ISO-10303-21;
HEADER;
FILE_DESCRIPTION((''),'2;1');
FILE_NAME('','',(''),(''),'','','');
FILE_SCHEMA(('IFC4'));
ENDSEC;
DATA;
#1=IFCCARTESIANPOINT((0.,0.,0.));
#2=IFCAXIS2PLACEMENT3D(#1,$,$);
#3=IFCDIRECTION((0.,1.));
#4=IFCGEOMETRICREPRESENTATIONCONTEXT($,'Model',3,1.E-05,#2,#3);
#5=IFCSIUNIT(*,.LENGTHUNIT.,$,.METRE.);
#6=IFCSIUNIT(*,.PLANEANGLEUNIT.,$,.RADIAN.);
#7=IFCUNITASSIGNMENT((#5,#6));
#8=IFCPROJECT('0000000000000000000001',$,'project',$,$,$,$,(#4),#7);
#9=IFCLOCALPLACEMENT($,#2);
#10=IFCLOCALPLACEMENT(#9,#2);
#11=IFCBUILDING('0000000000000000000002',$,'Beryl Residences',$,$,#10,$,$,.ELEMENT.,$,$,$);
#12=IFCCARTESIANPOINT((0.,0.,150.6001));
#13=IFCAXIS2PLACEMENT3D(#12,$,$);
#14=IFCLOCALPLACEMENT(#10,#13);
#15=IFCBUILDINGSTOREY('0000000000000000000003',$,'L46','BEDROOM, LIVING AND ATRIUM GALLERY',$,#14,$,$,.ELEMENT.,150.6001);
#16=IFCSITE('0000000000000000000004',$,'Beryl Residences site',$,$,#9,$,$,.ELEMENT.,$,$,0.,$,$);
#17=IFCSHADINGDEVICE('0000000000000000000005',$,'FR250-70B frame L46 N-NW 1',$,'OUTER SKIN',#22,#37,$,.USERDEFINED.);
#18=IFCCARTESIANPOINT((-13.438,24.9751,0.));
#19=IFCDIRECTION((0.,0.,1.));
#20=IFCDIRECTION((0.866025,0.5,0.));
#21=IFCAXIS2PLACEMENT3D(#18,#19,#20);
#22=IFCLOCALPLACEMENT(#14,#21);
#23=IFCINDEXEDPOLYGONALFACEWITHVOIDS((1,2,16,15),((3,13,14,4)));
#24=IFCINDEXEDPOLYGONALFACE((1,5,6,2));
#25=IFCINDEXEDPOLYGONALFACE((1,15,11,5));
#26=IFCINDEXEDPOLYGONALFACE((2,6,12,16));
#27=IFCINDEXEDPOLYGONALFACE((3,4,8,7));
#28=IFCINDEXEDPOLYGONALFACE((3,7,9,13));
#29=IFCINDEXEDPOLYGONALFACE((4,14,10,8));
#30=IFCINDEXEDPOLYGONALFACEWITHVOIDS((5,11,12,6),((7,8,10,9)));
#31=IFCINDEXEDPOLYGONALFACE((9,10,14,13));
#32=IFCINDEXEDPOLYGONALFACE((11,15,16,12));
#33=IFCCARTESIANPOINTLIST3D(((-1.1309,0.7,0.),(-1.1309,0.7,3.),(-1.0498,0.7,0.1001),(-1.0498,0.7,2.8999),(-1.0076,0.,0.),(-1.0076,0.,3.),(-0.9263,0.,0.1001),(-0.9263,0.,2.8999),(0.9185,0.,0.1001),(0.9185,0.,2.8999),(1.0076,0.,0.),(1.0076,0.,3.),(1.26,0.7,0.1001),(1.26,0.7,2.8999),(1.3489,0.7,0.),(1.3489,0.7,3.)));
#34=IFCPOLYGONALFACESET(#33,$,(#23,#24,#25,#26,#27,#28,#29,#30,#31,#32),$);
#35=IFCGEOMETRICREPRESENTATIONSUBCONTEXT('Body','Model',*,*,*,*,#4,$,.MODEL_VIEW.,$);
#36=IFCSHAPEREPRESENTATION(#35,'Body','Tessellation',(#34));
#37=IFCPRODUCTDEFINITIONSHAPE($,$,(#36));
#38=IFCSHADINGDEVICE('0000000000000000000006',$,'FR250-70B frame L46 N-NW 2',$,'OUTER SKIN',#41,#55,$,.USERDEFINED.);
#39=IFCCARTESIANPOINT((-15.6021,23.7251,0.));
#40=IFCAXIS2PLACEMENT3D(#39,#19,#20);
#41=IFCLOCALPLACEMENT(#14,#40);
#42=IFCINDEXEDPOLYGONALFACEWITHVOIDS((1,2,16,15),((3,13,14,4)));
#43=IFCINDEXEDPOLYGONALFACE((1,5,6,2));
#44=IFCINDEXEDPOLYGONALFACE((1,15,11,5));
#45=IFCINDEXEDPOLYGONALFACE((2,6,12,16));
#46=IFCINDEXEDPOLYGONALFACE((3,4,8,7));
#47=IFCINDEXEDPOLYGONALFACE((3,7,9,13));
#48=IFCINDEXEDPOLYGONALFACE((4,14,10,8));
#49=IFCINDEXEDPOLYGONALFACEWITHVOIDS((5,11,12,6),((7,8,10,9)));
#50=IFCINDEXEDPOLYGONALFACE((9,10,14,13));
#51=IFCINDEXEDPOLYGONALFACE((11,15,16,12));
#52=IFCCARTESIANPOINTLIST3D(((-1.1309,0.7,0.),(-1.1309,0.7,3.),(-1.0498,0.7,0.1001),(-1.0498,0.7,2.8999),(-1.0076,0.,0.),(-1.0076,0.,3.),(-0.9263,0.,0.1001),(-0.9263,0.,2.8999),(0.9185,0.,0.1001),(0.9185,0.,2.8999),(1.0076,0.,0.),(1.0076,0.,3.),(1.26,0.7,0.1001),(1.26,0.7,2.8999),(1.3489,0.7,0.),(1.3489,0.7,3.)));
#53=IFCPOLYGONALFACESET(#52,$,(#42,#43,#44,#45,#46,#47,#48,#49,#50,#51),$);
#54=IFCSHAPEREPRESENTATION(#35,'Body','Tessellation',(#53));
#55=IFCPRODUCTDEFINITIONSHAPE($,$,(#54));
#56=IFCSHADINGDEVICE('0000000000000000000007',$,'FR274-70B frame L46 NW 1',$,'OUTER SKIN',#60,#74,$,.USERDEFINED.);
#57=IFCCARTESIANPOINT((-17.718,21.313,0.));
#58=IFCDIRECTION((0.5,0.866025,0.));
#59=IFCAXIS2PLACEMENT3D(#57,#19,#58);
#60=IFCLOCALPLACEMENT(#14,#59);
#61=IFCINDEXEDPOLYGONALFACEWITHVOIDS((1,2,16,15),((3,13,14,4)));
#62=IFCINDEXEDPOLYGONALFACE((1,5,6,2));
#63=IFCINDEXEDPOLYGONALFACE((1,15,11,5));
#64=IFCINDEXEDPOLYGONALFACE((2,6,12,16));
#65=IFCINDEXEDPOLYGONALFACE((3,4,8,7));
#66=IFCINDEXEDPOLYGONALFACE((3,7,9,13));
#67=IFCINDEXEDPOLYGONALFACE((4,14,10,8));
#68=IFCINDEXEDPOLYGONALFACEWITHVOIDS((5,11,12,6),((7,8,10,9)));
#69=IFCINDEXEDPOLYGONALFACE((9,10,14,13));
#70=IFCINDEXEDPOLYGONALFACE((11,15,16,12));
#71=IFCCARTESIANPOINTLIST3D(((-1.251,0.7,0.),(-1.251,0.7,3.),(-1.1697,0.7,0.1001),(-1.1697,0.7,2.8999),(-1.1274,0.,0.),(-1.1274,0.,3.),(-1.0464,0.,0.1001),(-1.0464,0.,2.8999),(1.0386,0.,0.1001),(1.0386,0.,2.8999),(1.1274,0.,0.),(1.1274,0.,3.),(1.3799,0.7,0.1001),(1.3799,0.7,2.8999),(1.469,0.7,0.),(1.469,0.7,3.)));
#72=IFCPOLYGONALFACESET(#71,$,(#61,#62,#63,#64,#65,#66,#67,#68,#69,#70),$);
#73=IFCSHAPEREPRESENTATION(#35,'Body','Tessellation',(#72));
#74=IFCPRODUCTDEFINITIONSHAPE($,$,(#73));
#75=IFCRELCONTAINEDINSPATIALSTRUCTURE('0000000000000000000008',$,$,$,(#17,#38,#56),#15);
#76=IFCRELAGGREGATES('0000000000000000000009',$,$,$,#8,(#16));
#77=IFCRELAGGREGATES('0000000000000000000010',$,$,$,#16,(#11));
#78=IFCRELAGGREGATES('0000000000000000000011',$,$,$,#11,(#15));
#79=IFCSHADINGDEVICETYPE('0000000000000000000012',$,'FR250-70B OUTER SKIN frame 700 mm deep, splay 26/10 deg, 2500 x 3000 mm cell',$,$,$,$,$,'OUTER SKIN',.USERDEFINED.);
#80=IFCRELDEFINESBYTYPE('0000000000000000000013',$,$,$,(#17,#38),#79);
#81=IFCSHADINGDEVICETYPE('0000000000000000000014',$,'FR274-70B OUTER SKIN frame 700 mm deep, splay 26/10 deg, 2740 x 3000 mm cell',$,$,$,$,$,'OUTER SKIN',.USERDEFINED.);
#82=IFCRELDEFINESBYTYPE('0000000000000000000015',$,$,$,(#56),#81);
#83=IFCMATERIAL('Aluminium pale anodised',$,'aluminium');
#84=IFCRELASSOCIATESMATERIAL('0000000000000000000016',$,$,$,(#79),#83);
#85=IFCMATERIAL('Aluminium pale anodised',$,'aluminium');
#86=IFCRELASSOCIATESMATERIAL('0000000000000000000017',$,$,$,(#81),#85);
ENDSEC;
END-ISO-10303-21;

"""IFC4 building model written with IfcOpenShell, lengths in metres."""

from ifc_helpers import new_model, entity, si_unit, direction, frame, origin, place, context, subcontext, project, spatial, source, transform, mapped, material, type_object, type_shapes, element, save


model = new_model("IFC4")

# Units and contexts
model_context = context("Model", 3, precision=1e-05, world=origin(), true_north=direction((0.0, 1.0)))
body_context = subcontext(model_context, "Body", "Model", "MODEL_VIEW")
ifc_project = project(units=[si_unit("LENGTHUNIT", "METRE"), si_unit("PLANEANGLEUNIT", "RADIAN")], contexts=[model_context])

# Site, building, storey
site_placement = place(None, origin())
site = spatial("IfcSite", under=ifc_project, at=site_placement, Name="Beryl Residences site", CompositionType="ELEMENT", RefElevation=0.0)
building_placement = place(site_placement, origin())
building = spatial("IfcBuilding", under=site, at=building_placement, Name="Beryl Residences", CompositionType="ELEMENT")
storey_placement = place(building_placement, frame((0.0, 0.0, 150.6001)))
storey = spatial("IfcBuildingStorey", under=building, at=storey_placement, Name="L46", Description="BEDROOM, LIVING AND ATRIUM GALLERY", CompositionType="ELEMENT", Elevation=150.6001)

# Shading devices
ifc_material_1 = material(Name="Aluminium pale anodised", Category="aluminium")
shading_device_type_1 = type_object("IfcShadingDeviceType", Name="FR250-70B OUTER SKIN frame 700 mm deep, splay 26/10 deg, 2500 x 3000 mm cell", ElementType="OUTER SKIN", PredefinedType="USERDEFINED", material=ifc_material_1)
cartesian_point_1 = entity("IfcCartesianPoint", [-1.0076, 0.0])
cartesian_point_2 = entity("IfcCartesianPoint", [-0.9185, 0.1001])
cartesian_point_3 = entity("IfcCartesianPoint", [-1.3489, 0.0])
cartesian_point_4 = entity("IfcCartesianPoint", [-1.26, 0.1001])
shared_shape_1 = source(origin(), body_context, "Body", "SweptSolid", [
    entity("IfcExtrudedAreaSolidTapered", entity("IfcArbitraryProfileDefWithVoids", "AREA", None, entity("IfcPolyline", [cartesian_point_1, entity("IfcCartesianPoint", [1.0076, 0.0]), entity("IfcCartesianPoint", [1.0076, 3.0]), entity("IfcCartesianPoint", [-1.0076, 3.0]), cartesian_point_1]), [entity("IfcPolyline", [cartesian_point_2, entity("IfcCartesianPoint", [0.9263, 0.1001]), entity("IfcCartesianPoint", [0.9263, 2.8999]), entity("IfcCartesianPoint", [-0.9185, 2.8999]), cartesian_point_2])]), entity("IfcAxis2Placement3D", entity("IfcCartesianPoint", [0.0, 0.0, 0.0]), entity("IfcDirection", [0.0, 1.0, 0.0]), entity("IfcDirection", [-1.0, 0.0, 0.0])), entity("IfcDirection", [0.0, 0.0, 1.0]), 0.7, entity("IfcArbitraryProfileDefWithVoids", "AREA", None, entity("IfcPolyline", [cartesian_point_3, entity("IfcCartesianPoint", [1.1309, 0.0]), entity("IfcCartesianPoint", [1.1309, 3.0]), entity("IfcCartesianPoint", [-1.3489, 3.0]), cartesian_point_3]), [entity("IfcPolyline", [cartesian_point_4, entity("IfcCartesianPoint", [1.0498, 0.1001]), entity("IfcCartesianPoint", [1.0498, 2.8999]), entity("IfcCartesianPoint", [-1.26, 2.8999]), cartesian_point_4])])),
])
type_shapes(shading_device_type_1, [shared_shape_1])
for number, where, z_axis, x_axis, name in (
    (1, (-13.438, 24.9751, 0.0), (0.0, 0.0, 1.0), (0.866025, 0.5, 0.0), "FR250-70B frame L46 N-NW 1"),
    (2, (-15.6021, 23.7251, 0.0), (0.0, 0.0, 1.0), (0.866025, 0.5, 0.0), "FR250-70B frame L46 N-NW 2"),
):
    element("IfcShadingDevice", number, at=place(storey_placement, frame(where, z_axis=z_axis, x_axis=x_axis)), inside=storey, type_object=shading_device_type_1, Name=name, ObjectType="OUTER SKIN", PredefinedType="USERDEFINED", context=body_context, shape_type="MappedRepresentation", body=[
        mapped(shared_shape_1, transform((0.0, 0.0, 0.0))),
    ])
ifc_material_2 = material(Name="Aluminium pale anodised", Category="aluminium")
shading_device_type_2 = type_object("IfcShadingDeviceType", Name="FR274-70B OUTER SKIN frame 700 mm deep, splay 26/10 deg, 2740 x 3000 mm cell", ElementType="OUTER SKIN", PredefinedType="USERDEFINED", material=ifc_material_2)
cartesian_point_5 = entity("IfcCartesianPoint", [-1.1274, 0.0])
cartesian_point_6 = entity("IfcCartesianPoint", [-1.0386, 0.1001])
cartesian_point_7 = entity("IfcCartesianPoint", [-1.469, 0.0])
cartesian_point_8 = entity("IfcCartesianPoint", [-1.3799, 0.1001])
shared_shape_2 = source(origin(), body_context, "Body", "SweptSolid", [
    entity("IfcExtrudedAreaSolidTapered", entity("IfcArbitraryProfileDefWithVoids", "AREA", None, entity("IfcPolyline", [cartesian_point_5, entity("IfcCartesianPoint", [1.1274, 0.0]), entity("IfcCartesianPoint", [1.1274, 3.0]), entity("IfcCartesianPoint", [-1.1274, 3.0]), cartesian_point_5]), [entity("IfcPolyline", [cartesian_point_6, entity("IfcCartesianPoint", [1.0464, 0.1001]), entity("IfcCartesianPoint", [1.0464, 2.8999]), entity("IfcCartesianPoint", [-1.0386, 2.8999]), cartesian_point_6])]), entity("IfcAxis2Placement3D", entity("IfcCartesianPoint", [0.0, 0.0, 0.0]), entity("IfcDirection", [0.0, 1.0, 0.0]), entity("IfcDirection", [-1.0, 0.0, 0.0])), entity("IfcDirection", [0.0, 0.0, 1.0]), 0.7, entity("IfcArbitraryProfileDefWithVoids", "AREA", None, entity("IfcPolyline", [cartesian_point_7, entity("IfcCartesianPoint", [1.251, 0.0]), entity("IfcCartesianPoint", [1.251, 3.0]), entity("IfcCartesianPoint", [-1.469, 3.0]), cartesian_point_7]), [entity("IfcPolyline", [cartesian_point_8, entity("IfcCartesianPoint", [1.1697, 0.1001]), entity("IfcCartesianPoint", [1.1697, 2.8999]), entity("IfcCartesianPoint", [-1.3799, 2.8999]), cartesian_point_8])])),
])
type_shapes(shading_device_type_2, [shared_shape_2])
shading_device_placement = place(storey_placement, frame((-17.718, 21.313, 0.0), z_axis=(0.0, 0.0, 1.0), x_axis=(0.5, 0.866025, 0.0)))
element("IfcShadingDevice", 3, at=shading_device_placement, inside=storey, type_object=shading_device_type_2, Name="FR274-70B frame L46 NW 1", ObjectType="OUTER SKIN", PredefinedType="USERDEFINED", context=body_context, shape_type="MappedRepresentation", body=[
    mapped(shared_shape_2, transform((0.0, 0.0, 0.0))),
])

save(model, "model.ifc")
